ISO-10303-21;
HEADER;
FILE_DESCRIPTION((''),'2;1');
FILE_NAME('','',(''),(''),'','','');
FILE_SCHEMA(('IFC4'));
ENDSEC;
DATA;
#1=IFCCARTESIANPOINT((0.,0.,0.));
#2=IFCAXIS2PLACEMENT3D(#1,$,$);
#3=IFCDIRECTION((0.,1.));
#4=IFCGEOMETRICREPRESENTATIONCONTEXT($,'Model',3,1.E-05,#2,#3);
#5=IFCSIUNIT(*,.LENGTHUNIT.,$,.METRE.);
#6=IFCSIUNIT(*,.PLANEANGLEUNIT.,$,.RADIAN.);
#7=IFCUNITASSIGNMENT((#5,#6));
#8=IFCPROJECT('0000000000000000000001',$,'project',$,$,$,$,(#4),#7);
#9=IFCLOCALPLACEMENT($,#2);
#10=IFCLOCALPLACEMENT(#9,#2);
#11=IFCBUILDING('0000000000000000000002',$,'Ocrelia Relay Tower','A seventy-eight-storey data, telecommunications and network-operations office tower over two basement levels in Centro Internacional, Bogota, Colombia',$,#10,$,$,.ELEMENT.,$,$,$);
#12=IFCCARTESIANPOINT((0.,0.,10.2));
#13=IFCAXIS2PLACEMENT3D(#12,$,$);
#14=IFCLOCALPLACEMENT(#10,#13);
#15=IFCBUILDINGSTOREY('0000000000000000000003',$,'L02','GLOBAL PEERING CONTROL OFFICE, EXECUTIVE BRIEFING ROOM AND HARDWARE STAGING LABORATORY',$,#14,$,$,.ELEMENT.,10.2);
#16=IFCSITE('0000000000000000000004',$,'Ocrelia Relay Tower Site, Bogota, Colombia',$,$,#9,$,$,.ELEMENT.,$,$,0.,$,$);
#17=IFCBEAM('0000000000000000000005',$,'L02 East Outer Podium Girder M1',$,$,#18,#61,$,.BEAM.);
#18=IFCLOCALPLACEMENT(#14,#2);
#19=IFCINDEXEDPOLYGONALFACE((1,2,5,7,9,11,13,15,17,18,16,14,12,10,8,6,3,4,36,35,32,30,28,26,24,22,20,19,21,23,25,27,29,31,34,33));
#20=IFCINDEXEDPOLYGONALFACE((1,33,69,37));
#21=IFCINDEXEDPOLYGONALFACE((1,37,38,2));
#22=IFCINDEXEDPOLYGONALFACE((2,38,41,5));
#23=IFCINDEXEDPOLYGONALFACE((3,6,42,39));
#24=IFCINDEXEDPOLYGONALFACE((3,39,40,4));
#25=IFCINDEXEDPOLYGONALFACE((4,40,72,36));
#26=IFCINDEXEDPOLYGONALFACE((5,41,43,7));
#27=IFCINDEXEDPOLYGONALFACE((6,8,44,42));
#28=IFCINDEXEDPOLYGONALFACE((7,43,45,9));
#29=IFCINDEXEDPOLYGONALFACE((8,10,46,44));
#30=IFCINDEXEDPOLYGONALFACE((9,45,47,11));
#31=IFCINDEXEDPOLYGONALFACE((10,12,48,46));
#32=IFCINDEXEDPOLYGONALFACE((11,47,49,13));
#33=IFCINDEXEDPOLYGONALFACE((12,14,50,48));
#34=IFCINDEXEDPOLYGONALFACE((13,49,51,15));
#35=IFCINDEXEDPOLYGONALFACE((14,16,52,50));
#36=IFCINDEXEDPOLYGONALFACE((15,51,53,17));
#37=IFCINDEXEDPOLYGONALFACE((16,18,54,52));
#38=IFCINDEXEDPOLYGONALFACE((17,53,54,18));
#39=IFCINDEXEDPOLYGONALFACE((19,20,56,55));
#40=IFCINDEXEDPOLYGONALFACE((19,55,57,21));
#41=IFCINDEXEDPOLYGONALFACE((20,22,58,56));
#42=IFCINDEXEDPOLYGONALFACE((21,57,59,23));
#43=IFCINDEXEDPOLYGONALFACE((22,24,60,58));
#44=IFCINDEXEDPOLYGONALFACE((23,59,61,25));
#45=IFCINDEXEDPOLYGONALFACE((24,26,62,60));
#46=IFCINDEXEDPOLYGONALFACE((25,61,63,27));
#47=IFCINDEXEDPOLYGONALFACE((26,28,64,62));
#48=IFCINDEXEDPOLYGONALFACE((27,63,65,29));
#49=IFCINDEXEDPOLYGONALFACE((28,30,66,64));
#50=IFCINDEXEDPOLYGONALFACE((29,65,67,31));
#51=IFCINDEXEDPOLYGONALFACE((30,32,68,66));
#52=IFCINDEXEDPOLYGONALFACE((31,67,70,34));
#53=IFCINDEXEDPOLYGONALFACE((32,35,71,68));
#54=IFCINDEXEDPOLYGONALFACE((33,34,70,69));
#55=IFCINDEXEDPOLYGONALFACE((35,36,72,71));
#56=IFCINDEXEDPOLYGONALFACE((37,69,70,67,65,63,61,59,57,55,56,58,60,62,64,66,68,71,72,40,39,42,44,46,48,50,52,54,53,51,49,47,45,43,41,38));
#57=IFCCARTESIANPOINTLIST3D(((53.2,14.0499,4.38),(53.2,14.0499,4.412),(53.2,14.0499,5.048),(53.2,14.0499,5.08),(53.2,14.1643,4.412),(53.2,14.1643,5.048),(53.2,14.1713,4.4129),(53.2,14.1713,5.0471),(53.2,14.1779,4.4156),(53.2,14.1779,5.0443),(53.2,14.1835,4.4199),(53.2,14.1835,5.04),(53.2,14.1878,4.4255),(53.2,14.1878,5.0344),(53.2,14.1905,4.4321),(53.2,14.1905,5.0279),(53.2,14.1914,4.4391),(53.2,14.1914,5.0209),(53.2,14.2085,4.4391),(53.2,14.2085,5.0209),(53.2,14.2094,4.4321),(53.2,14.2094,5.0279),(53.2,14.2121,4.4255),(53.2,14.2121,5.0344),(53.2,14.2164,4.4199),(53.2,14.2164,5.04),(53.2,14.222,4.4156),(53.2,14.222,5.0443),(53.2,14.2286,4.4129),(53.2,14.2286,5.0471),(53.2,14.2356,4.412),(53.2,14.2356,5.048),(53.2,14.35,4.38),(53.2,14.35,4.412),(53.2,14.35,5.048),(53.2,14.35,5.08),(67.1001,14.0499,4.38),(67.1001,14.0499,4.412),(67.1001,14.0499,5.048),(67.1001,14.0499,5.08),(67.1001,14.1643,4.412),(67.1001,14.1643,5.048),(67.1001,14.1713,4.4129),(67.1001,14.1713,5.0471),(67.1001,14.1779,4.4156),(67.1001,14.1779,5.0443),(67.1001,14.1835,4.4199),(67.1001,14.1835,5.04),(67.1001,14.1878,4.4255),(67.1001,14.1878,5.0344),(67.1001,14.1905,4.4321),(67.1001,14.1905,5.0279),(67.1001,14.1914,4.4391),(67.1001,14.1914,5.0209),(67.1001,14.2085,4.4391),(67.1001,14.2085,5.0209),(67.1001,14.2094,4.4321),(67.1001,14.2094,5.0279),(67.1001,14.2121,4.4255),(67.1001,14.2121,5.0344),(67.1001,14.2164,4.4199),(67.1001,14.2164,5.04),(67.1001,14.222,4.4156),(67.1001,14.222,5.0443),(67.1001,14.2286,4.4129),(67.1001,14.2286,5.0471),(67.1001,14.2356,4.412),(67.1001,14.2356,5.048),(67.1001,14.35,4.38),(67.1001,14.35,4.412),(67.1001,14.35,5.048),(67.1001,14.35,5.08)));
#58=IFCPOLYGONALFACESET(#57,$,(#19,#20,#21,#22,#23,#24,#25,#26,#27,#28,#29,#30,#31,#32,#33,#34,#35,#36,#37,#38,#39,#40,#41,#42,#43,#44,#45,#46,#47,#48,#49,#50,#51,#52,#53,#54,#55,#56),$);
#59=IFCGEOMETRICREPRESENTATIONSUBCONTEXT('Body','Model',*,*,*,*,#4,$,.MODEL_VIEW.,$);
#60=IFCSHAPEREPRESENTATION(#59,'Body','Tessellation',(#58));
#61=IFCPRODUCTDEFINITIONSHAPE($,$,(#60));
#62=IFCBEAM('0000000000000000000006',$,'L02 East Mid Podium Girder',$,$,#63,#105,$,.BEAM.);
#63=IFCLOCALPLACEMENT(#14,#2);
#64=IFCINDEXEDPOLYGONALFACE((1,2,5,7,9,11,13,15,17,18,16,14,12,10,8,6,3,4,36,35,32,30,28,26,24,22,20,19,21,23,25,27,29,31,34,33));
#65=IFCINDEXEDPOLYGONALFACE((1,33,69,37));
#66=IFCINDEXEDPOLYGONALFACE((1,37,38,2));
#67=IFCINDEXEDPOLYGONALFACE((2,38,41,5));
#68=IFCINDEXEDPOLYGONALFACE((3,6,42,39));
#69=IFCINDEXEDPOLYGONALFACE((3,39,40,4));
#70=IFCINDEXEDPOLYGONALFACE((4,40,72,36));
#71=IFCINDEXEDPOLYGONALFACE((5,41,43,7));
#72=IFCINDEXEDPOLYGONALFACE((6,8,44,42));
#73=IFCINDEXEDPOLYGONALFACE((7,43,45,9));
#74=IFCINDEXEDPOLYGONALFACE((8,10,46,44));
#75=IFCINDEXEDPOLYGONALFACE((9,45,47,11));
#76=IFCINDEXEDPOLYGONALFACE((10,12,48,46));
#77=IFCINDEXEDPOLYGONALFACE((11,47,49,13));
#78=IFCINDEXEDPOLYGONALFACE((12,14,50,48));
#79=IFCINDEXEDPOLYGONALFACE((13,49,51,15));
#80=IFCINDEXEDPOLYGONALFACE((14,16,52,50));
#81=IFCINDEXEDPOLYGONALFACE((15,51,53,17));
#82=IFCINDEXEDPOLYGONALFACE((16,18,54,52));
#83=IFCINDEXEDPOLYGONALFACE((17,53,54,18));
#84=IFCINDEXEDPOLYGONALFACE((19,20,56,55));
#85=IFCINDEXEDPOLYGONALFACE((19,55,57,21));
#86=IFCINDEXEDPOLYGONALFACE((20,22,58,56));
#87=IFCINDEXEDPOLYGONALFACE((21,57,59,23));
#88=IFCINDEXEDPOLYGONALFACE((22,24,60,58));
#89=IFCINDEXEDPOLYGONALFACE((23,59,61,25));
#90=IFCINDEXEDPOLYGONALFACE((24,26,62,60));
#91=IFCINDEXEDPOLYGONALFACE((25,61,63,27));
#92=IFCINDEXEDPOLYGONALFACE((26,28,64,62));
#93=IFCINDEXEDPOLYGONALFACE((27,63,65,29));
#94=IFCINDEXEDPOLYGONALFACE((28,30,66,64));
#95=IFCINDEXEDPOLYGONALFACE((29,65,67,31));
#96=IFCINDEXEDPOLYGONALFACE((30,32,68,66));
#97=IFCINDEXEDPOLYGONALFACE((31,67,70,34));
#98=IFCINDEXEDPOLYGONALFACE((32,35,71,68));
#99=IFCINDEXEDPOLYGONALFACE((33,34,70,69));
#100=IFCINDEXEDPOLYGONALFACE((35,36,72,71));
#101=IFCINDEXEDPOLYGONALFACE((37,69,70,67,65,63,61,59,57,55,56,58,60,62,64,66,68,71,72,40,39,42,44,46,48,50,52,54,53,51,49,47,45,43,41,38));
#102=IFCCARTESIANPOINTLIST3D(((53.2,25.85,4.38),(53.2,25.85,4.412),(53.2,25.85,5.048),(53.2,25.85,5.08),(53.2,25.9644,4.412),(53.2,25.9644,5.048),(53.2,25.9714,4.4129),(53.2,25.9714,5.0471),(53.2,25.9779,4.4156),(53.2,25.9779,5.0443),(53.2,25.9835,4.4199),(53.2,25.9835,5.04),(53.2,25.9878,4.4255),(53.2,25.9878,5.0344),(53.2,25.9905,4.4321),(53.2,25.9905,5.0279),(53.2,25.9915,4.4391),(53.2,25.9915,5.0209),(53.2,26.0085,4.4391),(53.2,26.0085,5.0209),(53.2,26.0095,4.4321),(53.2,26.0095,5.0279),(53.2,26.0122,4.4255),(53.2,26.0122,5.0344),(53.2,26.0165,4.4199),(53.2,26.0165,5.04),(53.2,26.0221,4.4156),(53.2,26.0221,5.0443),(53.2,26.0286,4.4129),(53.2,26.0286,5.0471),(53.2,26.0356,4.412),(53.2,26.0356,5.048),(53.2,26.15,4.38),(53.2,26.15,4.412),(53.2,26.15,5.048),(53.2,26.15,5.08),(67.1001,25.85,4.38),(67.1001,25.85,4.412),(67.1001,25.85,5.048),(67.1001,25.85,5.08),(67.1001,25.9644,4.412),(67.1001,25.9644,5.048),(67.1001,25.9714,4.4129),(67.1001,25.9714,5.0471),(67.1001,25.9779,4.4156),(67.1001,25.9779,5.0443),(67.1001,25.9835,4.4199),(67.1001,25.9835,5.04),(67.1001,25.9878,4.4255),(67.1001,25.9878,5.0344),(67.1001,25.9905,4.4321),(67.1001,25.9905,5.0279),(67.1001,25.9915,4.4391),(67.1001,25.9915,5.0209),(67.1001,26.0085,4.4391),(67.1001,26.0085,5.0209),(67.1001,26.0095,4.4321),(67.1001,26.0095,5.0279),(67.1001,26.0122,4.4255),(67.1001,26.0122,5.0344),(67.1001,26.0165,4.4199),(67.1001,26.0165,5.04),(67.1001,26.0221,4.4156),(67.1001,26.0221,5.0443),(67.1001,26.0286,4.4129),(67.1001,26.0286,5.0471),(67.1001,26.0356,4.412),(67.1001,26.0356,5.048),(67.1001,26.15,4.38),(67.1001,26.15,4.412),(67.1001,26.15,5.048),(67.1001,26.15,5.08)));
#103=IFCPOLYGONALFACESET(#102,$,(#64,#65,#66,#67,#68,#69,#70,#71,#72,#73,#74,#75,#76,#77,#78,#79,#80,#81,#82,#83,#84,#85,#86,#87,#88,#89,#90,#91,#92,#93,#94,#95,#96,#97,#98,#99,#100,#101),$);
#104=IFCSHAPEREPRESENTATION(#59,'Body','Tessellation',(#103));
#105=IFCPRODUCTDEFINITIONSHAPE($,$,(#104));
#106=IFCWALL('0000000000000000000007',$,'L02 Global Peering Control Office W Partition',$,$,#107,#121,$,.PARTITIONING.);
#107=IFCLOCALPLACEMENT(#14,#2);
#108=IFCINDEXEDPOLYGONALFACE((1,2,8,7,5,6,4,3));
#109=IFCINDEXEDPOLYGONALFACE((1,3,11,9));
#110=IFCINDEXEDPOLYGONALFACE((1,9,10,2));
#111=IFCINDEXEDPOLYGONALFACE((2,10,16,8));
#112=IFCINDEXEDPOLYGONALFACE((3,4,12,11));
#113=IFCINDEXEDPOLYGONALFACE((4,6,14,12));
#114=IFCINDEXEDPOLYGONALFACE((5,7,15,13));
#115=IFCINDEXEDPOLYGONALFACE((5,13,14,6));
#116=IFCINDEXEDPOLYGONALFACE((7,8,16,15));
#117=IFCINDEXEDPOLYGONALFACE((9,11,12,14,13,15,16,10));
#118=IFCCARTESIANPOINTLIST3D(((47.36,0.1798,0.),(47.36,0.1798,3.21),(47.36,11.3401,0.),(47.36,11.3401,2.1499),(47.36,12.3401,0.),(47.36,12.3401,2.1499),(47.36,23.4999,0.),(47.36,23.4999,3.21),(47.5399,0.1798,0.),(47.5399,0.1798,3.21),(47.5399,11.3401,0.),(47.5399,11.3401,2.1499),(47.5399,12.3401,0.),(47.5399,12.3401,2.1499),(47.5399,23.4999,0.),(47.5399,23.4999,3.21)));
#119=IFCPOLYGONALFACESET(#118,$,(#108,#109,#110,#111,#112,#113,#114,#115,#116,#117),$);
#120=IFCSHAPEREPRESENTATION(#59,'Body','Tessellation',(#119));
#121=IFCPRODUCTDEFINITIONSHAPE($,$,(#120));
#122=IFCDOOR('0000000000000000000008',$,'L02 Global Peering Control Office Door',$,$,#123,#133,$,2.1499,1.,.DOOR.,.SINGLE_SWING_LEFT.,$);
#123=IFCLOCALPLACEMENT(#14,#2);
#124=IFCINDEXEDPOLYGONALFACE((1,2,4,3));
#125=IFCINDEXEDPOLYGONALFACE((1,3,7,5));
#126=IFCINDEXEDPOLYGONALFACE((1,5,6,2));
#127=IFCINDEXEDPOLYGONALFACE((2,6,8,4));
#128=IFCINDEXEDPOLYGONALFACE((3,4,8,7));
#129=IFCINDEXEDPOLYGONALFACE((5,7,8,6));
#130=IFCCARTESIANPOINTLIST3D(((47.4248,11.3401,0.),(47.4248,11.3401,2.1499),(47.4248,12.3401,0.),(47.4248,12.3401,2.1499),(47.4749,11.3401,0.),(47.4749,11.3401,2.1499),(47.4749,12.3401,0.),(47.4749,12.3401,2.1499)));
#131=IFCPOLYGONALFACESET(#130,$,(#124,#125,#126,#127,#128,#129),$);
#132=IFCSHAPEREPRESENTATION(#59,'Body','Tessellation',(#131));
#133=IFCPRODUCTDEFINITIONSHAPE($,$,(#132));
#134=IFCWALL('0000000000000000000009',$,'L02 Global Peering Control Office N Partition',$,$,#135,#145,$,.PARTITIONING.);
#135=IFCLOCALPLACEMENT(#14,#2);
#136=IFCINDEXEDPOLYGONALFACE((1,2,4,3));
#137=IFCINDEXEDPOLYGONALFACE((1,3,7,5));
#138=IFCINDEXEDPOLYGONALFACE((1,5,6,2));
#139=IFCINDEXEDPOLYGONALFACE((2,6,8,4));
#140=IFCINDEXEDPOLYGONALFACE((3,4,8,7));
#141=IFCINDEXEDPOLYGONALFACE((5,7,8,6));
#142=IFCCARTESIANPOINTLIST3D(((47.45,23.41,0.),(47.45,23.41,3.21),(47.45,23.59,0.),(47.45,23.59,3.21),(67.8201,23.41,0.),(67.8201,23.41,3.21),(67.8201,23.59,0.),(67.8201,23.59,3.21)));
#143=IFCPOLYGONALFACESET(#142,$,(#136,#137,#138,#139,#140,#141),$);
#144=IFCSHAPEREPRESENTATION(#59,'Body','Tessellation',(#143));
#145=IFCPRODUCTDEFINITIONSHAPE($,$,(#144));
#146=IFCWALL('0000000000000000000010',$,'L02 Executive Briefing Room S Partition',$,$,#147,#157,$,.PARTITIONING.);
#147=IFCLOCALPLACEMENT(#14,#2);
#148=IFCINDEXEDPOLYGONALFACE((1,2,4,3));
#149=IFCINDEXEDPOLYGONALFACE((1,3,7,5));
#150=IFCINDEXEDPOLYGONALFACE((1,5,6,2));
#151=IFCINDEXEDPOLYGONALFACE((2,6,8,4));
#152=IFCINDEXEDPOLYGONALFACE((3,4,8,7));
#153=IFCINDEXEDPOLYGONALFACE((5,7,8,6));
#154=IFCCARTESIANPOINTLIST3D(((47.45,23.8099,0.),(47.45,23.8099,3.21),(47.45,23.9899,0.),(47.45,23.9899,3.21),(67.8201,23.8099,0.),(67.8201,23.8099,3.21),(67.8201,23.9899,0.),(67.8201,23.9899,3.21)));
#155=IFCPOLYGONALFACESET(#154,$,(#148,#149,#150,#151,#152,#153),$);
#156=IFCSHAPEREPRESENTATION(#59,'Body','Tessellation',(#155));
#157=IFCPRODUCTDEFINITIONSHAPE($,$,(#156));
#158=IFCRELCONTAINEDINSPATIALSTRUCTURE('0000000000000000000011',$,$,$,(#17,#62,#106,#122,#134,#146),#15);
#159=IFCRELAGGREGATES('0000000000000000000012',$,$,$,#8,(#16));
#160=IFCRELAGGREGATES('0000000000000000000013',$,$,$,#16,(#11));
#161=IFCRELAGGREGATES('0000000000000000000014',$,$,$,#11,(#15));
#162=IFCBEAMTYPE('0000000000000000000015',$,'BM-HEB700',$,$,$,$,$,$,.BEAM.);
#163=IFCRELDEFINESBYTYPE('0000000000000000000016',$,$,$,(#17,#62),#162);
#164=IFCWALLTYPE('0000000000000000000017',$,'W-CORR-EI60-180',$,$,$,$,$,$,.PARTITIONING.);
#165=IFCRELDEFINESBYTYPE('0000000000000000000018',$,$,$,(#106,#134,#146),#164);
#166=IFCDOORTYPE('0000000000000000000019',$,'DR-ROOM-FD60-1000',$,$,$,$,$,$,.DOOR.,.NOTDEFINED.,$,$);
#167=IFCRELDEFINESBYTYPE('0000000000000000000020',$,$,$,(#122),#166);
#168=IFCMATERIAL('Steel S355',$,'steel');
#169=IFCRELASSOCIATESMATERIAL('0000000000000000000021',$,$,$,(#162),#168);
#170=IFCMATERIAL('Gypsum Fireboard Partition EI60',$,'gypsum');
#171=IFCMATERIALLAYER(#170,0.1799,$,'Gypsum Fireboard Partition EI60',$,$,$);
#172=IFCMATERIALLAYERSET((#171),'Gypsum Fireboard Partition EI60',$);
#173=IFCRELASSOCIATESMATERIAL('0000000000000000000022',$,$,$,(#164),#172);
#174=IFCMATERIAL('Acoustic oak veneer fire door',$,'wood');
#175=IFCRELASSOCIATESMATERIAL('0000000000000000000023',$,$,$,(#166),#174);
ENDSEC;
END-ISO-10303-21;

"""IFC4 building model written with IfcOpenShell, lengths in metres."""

from ifc_helpers import new_model, si_unit, direction, frame, frame_2d, origin, origin_2d, place, context, subcontext, project, spatial, rectangle, i_section, extrude, material, layer, layer_set, material_profile, profile_set, type_object, element, fill, save


model = new_model("IFC4")

# Units and contexts
model_context = context("Model", 3, precision=1e-05, world=origin(), true_north=direction((0.0, 1.0)))
body_context = subcontext(model_context, "Body", "Model", "MODEL_VIEW")
ifc_project = project(units=[si_unit("LENGTHUNIT", "METRE"), si_unit("PLANEANGLEUNIT", "RADIAN")], contexts=[model_context])

# Site, building, storey
site_placement = place(None, origin())
site = spatial("IfcSite", under=ifc_project, at=site_placement, Name="Ocrelia Relay Tower Site, Bogota, Colombia", CompositionType="ELEMENT", RefElevation=0.0)
building_placement = place(site_placement, origin())
building = spatial("IfcBuilding", under=site, at=building_placement, Name="Ocrelia Relay Tower", Description="A seventy-eight-storey data, telecommunications and network-operations office tower over two basement levels in Centro Internacional, Bogota, Colombia", CompositionType="ELEMENT")
storey_placement = place(building_placement, frame((0.0, 0.0, 10.2)))
storey = spatial("IfcBuildingStorey", under=building, at=storey_placement, Name="L02", Description="GLOBAL PEERING CONTROL OFFICE, EXECUTIVE BRIEFING ROOM AND HARDWARE STAGING LABORATORY", CompositionType="ELEMENT", Elevation=10.2)

# Beams
ifc_material_1 = material(Name="Steel S355", Category="steel")
ifc_material_profile_1 = material_profile(ifc_material_1, i_section(OverallWidth=0.3, OverallDepth=0.7, WebThickness=0.0171, FlangeThickness=0.032, FilletRadius=0.0271, at=origin_2d()), Name="HEB 700")
ifc_profile_set_1 = profile_set([ifc_material_profile_1], Name="Steel S355")
beam_type_1 = type_object("IfcBeamType", Name="BM-HEB700", PredefinedType="BEAM", material=ifc_profile_set_1)
for number, where, z_axis, x_axis, name in (
    (1, (53.2, 14.2, 4.73), (1.0, 0.0, 0.0), (0.0, 1.0, 0.0), "L02 East Outer Podium Girder M1"),
    (2, (53.2, 26.0, 4.73), (1.0, 0.0, 0.0), (0.0, 1.0, 0.0), "L02 East Mid Podium Girder"),
):
    element("IfcBeam", number, at=place(storey_placement, frame(where, z_axis=z_axis, x_axis=x_axis)), inside=storey, type_object=beam_type_1, Name=name, PredefinedType="BEAM", context=body_context, shape_type="SweptSolid", body=[
        extrude(i_section(OverallWidth=0.3, OverallDepth=0.7, WebThickness=0.0171, FlangeThickness=0.032, FilletRadius=0.0271, at=origin_2d()), origin(), (0.0, 0.0, 1.0), 13.9001),
    ])

# Wall, opening, door
ifc_material_2 = material(Name="Gypsum Fireboard Partition EI60", Category="gypsum")
ifc_layer_1 = layer(ifc_material_2, 0.1799, Name="Gypsum Fireboard Partition EI60")
ifc_layer_set_1 = layer_set([ifc_layer_1], Name="Gypsum Fireboard Partition EI60")
wall_type_1 = type_object("IfcWallType", Name="W-CORR-EI60-180", PredefinedType="PARTITIONING", material=ifc_layer_set_1)
wall_1_placement = place(storey_placement, frame((47.45, 23.5, 0.0), z_axis=(0.0, 0.0, 1.0), x_axis=(0.0, -1.0, 0.0)))
wall_1 = element("IfcWall", 3, at=wall_1_placement, inside=storey, type_object=wall_type_1, Name="L02 Global Peering Control Office W Partition", PredefinedType="PARTITIONING", context=body_context, shape_type="SweptSolid", body=[
    extrude(rectangle(XDim=23.3201, YDim=0.1799, at=frame_2d((11.6602, 0.0))), origin(), (0.0, 0.0, 1.0), 3.21),
])
opening_1_placement = place(wall_1_placement, frame((11.1599, 0.0, 0.0)))
opening_1 = element("IfcOpeningElement", 4, at=opening_1_placement, cuts=wall_1, PredefinedType="OPENING", context=body_context, shape_type="SweptSolid", body=[
    extrude(rectangle(XDim=1.0, YDim=2.1499, at=frame_2d((0.5, 1.075))), frame((0.0, 0.1001, 0.0), z_axis=(0.0, -1.0, 0.0), x_axis=(1.0, 0.0, 0.0)), (0.0, 0.0, 1.0), 0.2),
])
ifc_material_3 = material(Name="Acoustic oak veneer fire door", Category="wood")
door_type = type_object("IfcDoorType", Name="DR-ROOM-FD60-1000", OperationType="NOTDEFINED", PredefinedType="DOOR", material=ifc_material_3)
door_placement = place(opening_1_placement, origin())
door = element("IfcDoor", 5, at=door_placement, inside=storey, type_object=door_type, Name="L02 Global Peering Control Office Door", OperationType="SINGLE_SWING_LEFT", OverallHeight=2.1499, OverallWidth=1.0, PredefinedType="DOOR", context=body_context, shape_type="SweptSolid", body=[
    extrude(rectangle(XDim=1.0, YDim=2.1499, at=frame_2d((0.5, 1.075))), frame((0.0, 0.0249, 0.0), z_axis=(0.0, -1.0, 0.0), x_axis=(1.0, 0.0, 0.0)), (0.0, 0.0, 1.0), 0.05),
])
fill(opening_1, door)

# Walls
for number, where, z_axis, x_axis, name in (
    (6, (67.8201, 23.5, 0.0), (0.0, 0.0, 1.0), (-1.0, 0.0, 0.0), "L02 Global Peering Control Office N Partition"),
    (7, (47.45, 23.8999, 0.0), (0.0, 0.0, 1.0), (1.0, 0.0, 0.0), "L02 Executive Briefing Room S Partition"),
):
    element("IfcWall", number, at=place(storey_placement, frame(where, z_axis=z_axis, x_axis=x_axis)), inside=storey, type_object=wall_type_1, Name=name, PredefinedType="PARTITIONING", context=body_context, shape_type="SweptSolid", body=[
        extrude(rectangle(XDim=20.3701, YDim=0.1799, at=frame_2d((10.1851, 0.0))), origin(), (0.0, 0.0, 1.0), 3.21),
    ])

save(model, "model.ifc")
